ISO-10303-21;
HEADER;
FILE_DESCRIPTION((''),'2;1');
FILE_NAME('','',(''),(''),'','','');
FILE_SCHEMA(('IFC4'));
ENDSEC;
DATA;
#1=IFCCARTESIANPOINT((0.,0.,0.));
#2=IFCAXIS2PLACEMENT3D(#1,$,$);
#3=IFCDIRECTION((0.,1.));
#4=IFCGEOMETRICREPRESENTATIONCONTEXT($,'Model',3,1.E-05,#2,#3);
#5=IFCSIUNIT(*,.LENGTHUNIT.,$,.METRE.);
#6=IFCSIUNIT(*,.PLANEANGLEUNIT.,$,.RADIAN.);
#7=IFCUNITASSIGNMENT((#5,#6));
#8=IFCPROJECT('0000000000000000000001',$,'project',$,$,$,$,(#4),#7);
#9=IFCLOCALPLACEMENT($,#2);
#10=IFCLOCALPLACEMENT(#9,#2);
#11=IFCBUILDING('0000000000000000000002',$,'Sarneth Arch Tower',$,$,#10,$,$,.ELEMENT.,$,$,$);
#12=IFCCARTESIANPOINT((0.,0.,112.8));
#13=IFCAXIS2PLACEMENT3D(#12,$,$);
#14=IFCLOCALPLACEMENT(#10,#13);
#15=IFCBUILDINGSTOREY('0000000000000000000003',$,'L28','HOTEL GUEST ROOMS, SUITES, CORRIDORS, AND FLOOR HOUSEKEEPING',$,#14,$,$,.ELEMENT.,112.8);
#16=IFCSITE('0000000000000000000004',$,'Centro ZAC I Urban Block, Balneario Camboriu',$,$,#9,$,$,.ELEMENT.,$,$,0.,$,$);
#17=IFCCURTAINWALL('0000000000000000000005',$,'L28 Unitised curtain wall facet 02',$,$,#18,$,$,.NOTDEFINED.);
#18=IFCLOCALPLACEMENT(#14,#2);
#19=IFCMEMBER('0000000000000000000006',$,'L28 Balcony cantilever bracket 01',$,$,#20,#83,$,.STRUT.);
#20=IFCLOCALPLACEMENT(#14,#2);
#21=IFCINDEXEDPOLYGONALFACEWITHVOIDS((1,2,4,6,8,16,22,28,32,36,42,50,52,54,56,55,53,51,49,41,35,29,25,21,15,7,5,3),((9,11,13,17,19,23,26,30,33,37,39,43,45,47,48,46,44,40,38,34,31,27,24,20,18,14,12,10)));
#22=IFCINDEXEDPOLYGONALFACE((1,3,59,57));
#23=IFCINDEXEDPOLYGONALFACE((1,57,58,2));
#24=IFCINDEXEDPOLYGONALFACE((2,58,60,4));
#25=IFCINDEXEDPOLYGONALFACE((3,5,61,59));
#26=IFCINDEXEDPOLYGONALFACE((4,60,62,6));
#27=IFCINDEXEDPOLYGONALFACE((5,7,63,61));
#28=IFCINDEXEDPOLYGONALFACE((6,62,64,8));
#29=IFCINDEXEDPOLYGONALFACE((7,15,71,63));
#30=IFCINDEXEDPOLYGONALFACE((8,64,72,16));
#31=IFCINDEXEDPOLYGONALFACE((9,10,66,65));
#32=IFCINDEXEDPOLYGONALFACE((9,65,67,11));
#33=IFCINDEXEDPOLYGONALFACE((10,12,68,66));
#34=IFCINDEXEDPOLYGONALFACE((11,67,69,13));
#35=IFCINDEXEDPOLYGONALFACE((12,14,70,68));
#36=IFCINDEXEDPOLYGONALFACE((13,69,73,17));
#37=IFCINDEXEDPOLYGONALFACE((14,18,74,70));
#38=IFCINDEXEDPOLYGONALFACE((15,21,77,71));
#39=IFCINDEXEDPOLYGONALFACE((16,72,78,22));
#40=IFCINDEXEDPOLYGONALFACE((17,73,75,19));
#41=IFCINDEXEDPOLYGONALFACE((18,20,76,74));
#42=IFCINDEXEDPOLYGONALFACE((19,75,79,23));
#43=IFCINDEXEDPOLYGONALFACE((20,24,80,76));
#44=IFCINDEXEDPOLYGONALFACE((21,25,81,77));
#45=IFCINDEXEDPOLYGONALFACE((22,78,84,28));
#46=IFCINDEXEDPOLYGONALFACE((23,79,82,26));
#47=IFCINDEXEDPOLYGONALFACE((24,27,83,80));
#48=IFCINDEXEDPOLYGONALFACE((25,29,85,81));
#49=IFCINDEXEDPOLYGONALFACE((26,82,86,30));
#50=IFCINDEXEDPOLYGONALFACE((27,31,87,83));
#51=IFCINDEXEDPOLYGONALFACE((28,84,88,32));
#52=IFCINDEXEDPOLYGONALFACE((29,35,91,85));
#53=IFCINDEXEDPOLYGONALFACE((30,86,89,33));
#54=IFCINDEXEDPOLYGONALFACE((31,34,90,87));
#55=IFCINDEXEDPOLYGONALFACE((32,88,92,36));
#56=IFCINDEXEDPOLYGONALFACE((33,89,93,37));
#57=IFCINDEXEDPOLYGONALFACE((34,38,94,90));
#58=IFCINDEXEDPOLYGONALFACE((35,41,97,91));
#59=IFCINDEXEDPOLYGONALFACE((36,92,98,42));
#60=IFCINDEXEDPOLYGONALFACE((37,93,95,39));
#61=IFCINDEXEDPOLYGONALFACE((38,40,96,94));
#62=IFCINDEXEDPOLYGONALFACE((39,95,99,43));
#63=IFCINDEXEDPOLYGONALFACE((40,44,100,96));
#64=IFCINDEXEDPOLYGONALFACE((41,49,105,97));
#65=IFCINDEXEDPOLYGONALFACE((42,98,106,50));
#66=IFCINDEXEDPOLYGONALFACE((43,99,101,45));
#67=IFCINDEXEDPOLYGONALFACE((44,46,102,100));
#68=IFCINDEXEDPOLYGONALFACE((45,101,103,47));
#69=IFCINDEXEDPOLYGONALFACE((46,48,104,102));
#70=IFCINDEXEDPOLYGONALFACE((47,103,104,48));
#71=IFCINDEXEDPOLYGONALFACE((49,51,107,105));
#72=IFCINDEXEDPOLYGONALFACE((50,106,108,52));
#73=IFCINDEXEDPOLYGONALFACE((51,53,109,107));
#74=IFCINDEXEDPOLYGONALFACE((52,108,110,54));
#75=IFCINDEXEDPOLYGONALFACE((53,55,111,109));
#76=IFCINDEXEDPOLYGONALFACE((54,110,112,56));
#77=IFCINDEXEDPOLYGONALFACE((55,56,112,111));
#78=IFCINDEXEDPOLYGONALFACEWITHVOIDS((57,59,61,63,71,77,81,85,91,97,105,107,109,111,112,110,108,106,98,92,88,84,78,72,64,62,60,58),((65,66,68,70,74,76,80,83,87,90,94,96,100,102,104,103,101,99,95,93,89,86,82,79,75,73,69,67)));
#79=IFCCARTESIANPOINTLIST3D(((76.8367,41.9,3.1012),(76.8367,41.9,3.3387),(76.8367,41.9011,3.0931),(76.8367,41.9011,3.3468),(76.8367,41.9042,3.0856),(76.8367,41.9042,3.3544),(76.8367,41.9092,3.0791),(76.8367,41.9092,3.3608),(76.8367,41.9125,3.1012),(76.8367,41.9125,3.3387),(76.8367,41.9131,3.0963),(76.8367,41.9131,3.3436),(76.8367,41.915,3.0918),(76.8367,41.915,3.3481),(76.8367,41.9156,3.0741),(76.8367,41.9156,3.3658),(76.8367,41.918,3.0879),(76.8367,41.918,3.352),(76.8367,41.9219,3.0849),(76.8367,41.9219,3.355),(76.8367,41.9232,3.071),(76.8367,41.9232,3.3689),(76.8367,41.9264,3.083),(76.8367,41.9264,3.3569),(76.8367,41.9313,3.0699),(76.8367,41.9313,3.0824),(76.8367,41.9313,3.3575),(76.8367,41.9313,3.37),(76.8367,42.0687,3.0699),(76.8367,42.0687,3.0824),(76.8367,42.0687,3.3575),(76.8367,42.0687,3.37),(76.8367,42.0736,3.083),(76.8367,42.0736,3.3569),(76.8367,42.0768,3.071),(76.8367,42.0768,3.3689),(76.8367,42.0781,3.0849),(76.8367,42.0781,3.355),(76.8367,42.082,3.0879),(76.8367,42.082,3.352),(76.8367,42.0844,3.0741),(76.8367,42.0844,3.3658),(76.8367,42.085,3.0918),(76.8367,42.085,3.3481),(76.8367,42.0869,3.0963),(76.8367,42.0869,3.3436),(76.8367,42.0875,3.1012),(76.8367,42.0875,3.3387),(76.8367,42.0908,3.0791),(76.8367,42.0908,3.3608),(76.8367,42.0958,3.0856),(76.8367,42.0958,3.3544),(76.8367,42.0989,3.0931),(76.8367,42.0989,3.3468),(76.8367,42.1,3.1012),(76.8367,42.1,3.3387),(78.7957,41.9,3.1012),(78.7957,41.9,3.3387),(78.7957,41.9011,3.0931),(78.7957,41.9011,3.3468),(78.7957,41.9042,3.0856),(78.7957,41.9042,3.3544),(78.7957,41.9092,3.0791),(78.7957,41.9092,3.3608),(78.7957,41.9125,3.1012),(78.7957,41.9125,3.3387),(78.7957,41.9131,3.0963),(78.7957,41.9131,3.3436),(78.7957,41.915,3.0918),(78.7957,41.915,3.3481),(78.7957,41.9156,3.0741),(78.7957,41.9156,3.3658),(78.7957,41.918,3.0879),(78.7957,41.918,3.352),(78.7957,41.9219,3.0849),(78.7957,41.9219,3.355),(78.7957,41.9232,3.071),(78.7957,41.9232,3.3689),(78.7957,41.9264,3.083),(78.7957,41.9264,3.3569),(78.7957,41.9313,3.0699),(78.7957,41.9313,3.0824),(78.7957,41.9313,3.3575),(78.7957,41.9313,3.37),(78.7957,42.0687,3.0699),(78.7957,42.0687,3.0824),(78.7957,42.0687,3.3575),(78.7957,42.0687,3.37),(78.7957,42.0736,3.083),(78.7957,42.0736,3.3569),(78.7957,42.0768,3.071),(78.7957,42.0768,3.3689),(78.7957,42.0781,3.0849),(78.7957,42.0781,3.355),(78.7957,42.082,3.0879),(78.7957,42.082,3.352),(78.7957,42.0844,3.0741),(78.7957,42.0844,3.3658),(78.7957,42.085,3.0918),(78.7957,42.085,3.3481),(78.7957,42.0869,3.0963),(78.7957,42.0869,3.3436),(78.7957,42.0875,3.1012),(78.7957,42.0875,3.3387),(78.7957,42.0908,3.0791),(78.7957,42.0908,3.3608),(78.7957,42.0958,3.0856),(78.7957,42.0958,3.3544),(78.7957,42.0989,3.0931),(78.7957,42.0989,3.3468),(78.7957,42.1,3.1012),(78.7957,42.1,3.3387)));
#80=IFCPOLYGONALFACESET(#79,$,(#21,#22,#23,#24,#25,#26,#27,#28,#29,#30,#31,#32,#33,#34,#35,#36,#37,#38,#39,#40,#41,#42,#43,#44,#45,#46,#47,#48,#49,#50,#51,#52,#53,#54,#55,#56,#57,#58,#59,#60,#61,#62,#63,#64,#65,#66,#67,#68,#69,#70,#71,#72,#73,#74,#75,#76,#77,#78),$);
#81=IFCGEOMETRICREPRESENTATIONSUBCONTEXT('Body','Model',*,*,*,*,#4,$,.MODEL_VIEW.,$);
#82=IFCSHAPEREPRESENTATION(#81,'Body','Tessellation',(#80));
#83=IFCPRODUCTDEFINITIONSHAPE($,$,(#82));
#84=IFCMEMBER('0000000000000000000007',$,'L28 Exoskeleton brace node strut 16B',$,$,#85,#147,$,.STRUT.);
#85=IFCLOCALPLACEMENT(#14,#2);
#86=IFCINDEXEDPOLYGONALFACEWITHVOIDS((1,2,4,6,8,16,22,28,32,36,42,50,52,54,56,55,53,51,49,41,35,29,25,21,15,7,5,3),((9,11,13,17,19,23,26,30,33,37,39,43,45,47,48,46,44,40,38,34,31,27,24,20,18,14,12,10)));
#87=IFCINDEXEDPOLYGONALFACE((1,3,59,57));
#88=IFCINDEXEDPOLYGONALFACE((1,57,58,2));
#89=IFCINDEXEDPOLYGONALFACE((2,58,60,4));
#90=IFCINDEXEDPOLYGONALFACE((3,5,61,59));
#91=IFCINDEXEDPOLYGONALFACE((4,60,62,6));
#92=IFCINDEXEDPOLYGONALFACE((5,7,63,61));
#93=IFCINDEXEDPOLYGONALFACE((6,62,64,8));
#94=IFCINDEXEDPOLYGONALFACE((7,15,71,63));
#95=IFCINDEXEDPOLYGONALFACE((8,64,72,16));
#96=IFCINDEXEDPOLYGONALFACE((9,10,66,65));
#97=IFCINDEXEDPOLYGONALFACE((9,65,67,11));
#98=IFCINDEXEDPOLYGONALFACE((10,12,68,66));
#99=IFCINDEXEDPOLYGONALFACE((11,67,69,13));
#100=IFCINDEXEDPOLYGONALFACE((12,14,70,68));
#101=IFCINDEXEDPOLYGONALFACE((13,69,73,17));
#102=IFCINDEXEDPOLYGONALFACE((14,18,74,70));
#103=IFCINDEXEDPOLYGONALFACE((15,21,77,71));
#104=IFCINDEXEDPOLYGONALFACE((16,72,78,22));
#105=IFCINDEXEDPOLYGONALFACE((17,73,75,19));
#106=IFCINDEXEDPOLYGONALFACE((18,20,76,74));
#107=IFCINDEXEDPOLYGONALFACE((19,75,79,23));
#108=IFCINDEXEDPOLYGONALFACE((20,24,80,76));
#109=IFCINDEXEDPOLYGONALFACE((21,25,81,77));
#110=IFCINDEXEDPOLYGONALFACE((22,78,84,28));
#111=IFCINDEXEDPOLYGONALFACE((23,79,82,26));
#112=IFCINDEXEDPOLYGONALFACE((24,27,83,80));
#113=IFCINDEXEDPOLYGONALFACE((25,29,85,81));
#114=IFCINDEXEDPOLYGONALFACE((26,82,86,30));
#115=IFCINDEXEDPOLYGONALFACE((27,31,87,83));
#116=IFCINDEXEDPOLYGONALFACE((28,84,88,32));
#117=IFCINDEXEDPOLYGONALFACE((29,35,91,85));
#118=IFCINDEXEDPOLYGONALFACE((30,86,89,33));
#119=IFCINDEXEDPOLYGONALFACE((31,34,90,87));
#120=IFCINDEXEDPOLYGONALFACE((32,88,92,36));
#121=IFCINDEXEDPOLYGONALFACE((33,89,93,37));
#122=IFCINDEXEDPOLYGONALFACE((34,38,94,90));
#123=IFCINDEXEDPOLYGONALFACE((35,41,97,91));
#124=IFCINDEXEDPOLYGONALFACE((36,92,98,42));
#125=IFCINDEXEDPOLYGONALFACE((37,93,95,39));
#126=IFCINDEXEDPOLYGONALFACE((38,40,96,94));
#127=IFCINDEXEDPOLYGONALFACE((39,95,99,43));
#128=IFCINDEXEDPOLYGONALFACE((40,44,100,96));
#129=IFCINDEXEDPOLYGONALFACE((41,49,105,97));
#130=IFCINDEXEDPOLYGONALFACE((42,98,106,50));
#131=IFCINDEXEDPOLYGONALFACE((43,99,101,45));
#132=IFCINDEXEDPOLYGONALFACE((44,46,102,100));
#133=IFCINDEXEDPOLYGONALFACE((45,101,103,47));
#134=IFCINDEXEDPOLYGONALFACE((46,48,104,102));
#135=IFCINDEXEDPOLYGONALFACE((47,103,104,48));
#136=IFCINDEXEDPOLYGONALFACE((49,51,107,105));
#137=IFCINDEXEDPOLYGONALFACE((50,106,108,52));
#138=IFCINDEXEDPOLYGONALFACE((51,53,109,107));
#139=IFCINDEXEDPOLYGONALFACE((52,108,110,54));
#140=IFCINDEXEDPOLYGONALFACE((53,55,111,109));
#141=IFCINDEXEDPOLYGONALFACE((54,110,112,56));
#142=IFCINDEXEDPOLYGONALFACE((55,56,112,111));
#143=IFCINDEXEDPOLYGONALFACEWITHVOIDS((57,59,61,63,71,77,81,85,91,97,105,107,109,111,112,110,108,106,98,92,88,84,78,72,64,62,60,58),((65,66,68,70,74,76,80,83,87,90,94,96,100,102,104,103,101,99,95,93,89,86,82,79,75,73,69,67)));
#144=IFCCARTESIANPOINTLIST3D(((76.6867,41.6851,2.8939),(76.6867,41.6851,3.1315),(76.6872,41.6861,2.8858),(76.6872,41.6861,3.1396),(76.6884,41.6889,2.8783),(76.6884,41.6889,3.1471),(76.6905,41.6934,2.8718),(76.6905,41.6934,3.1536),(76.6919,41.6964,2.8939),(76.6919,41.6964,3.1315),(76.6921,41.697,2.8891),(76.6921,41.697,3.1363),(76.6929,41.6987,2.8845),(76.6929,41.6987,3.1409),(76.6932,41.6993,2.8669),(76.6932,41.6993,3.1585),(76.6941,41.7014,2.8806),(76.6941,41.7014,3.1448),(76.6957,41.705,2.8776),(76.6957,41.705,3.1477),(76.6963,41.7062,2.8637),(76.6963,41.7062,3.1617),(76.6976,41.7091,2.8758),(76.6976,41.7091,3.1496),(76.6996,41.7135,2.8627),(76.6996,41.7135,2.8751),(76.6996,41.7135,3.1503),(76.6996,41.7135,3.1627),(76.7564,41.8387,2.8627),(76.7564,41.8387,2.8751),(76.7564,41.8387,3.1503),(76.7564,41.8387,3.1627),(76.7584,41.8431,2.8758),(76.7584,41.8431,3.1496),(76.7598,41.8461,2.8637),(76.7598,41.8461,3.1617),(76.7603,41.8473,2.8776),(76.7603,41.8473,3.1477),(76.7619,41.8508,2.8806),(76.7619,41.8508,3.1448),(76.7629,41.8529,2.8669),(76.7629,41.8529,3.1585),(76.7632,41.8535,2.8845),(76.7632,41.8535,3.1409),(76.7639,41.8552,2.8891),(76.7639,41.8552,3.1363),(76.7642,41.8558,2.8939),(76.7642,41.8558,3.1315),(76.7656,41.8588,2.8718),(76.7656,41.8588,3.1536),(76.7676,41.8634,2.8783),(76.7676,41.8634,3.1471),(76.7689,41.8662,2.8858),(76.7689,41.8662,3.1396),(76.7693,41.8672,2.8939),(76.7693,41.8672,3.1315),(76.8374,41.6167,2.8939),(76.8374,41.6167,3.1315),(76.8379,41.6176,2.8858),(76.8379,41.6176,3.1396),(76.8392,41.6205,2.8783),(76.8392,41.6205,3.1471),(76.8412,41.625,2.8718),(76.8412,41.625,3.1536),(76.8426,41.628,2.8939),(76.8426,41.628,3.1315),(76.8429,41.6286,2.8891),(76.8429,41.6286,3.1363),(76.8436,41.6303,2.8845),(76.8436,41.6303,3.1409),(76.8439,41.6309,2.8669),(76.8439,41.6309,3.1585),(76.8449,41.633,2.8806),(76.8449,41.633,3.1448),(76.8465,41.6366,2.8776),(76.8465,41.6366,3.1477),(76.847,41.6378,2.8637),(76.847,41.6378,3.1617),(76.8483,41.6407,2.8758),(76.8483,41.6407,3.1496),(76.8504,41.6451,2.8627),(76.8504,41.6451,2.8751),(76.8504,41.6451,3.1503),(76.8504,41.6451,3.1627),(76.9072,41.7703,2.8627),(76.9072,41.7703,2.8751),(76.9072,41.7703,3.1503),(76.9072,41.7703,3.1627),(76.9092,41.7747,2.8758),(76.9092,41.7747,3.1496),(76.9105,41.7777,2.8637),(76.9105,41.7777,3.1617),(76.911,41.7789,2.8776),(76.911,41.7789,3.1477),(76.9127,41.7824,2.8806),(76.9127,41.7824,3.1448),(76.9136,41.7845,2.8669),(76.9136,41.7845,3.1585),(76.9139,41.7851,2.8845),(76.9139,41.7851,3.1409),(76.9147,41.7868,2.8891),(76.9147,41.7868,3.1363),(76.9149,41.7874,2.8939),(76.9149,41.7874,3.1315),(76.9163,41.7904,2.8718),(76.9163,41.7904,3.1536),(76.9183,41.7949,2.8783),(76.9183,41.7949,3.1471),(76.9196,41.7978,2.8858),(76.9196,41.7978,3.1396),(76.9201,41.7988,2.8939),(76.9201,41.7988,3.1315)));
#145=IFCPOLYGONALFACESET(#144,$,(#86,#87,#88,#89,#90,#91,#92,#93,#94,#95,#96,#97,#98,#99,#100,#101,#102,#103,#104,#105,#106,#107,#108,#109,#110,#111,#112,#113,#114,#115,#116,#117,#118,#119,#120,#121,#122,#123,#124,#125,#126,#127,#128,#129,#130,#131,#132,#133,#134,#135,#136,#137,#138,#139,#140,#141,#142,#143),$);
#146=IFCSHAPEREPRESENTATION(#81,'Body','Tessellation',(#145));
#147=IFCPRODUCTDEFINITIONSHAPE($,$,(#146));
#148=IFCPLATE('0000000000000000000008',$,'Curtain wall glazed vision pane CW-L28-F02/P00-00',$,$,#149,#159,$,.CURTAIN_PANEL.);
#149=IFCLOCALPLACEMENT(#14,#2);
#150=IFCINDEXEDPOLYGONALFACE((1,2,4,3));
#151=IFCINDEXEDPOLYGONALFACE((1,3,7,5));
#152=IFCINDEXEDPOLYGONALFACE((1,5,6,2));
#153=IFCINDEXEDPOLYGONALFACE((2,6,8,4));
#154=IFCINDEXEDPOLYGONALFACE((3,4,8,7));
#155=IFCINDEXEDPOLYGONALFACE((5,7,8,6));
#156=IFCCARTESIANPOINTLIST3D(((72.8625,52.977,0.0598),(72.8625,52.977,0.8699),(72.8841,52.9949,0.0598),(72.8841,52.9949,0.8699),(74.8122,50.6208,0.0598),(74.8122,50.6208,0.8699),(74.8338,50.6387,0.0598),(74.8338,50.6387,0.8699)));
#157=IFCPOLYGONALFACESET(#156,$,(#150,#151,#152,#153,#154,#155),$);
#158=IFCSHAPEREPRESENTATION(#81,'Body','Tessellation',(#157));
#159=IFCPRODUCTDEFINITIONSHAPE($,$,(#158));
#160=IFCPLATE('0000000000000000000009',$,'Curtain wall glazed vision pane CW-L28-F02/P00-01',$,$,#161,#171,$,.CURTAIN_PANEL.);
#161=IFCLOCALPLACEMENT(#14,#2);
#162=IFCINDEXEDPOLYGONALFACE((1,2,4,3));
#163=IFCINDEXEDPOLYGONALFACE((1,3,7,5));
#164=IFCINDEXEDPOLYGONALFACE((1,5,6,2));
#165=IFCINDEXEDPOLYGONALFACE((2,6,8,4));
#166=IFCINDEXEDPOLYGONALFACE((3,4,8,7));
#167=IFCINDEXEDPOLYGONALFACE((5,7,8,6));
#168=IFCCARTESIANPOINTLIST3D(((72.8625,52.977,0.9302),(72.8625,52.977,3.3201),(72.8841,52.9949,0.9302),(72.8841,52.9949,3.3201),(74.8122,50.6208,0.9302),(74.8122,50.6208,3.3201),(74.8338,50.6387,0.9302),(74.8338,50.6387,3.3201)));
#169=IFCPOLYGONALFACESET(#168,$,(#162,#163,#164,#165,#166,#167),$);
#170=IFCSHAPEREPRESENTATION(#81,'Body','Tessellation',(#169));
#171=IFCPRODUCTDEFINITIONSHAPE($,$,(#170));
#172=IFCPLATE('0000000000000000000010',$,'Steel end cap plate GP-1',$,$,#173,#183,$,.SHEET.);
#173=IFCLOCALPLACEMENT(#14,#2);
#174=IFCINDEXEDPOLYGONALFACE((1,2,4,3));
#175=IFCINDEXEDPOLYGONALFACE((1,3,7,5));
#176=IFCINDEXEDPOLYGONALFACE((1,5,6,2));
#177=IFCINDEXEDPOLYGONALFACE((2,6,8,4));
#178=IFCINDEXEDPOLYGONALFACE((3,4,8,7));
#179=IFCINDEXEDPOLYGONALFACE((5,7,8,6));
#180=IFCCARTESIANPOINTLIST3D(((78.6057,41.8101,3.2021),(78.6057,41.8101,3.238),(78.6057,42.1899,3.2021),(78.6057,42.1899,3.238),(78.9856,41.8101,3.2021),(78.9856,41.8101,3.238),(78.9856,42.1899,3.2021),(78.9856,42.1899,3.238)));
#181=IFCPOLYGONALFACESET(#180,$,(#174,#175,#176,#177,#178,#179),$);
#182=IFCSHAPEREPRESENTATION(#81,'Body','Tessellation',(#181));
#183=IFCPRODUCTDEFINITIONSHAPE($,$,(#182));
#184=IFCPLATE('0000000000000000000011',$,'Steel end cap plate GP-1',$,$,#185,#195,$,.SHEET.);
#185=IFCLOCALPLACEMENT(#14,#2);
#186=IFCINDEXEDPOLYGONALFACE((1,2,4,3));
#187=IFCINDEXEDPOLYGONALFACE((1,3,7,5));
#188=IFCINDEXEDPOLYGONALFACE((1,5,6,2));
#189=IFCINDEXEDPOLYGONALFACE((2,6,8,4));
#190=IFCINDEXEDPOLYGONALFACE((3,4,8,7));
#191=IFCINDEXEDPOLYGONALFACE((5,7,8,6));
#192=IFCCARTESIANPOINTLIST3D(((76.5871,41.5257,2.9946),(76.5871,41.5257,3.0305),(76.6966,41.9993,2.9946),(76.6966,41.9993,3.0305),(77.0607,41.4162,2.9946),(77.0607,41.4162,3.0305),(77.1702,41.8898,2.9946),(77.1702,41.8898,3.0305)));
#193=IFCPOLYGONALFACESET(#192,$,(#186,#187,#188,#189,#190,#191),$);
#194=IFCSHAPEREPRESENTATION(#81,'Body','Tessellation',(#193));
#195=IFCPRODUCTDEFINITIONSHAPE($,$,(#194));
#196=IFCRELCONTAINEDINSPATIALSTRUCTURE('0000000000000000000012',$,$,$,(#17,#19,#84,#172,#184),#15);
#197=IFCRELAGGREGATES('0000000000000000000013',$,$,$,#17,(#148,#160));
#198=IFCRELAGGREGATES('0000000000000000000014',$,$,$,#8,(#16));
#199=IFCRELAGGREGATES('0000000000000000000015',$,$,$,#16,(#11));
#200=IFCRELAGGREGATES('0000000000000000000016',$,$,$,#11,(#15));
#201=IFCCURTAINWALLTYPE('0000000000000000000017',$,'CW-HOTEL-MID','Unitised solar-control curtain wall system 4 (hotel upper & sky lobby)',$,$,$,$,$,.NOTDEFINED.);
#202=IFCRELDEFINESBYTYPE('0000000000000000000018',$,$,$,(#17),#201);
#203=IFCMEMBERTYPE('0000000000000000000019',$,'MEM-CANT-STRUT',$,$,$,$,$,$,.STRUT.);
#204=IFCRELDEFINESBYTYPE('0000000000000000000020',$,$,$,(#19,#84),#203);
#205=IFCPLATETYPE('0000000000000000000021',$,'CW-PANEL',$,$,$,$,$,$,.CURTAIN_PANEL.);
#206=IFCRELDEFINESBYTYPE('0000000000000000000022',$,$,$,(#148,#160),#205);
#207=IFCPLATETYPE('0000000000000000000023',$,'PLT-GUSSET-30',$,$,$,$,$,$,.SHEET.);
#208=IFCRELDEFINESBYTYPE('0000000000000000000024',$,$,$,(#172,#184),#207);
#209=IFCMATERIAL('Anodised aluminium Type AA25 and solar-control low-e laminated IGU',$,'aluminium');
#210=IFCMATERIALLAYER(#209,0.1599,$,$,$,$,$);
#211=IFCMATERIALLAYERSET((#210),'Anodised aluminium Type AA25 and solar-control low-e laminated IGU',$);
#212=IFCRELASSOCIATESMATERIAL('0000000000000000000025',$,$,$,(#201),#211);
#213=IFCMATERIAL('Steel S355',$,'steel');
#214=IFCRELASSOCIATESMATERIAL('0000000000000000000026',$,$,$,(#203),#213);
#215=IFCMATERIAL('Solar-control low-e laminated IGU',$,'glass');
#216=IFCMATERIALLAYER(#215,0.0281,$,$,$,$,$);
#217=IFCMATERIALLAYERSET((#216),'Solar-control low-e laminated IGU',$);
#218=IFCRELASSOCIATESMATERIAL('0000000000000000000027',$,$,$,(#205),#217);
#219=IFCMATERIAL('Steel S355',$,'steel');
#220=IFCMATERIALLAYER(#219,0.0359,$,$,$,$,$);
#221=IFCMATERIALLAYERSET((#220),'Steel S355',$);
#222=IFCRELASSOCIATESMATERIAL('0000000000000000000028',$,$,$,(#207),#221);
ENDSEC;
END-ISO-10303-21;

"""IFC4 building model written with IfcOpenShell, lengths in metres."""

from ifc_helpers import new_model, si_unit, direction, frame, origin, origin_2d, place, context, subcontext, project, spatial, rectangle, hollow_rectangle, extrude, material, layer, layer_set, material_profile, profile_set, type_object, element, aggregate, save


model = new_model("IFC4")

# Units and contexts
model_context = context("Model", 3, precision=1e-05, world=origin(), true_north=direction((0.0, 1.0)))
body_context = subcontext(model_context, "Body", "Model", "MODEL_VIEW")
ifc_project = project(units=[si_unit("LENGTHUNIT", "METRE"), si_unit("PLANEANGLEUNIT", "RADIAN")], contexts=[model_context])

# Site, building, storey
site_placement = place(None, origin())
site = spatial("IfcSite", under=ifc_project, at=site_placement, Name="Centro ZAC I Urban Block, Balneario Camboriu", CompositionType="ELEMENT", RefElevation=0.0)
building_placement = place(site_placement, origin())
building = spatial("IfcBuilding", under=site, at=building_placement, Name="Sarneth Arch Tower", CompositionType="ELEMENT")
storey_placement = place(building_placement, frame((0.0, 0.0, 112.8)))
storey = spatial("IfcBuildingStorey", under=building, at=storey_placement, Name="L28", Description="HOTEL GUEST ROOMS, SUITES, CORRIDORS, AND FLOOR HOUSEKEEPING", CompositionType="ELEMENT", Elevation=112.8)

# Curtain wall
ifc_material_1 = material(Name="Anodised aluminium Type AA25 and solar-control low-e laminated IGU", Category="aluminium")
ifc_layer_1 = layer(ifc_material_1, 0.1599)
ifc_layer_set_1 = layer_set([ifc_layer_1], Name="Anodised aluminium Type AA25 and solar-control low-e laminated IGU")
curtain_wall_type = type_object("IfcCurtainWallType", Name="CW-HOTEL-MID", Description="Unitised solar-control curtain wall system 4 (hotel upper & sky lobby)", PredefinedType="NOTDEFINED", material=ifc_layer_set_1)
curtain_wall_placement = place(storey_placement, origin())
curtain_wall = element("IfcCurtainWall", 1, at=curtain_wall_placement, inside=storey, type_object=curtain_wall_type, Name="L28 Unitised curtain wall facet 02", PredefinedType="NOTDEFINED")

# Members
ifc_material_2 = material(Name="Steel S355", Category="steel")
ifc_material_profile_1 = material_profile(ifc_material_2, hollow_rectangle(XDim=0.2, YDim=0.3, WallThickness=0.0125, InnerFilletRadius=0.0188, OuterFilletRadius=0.0312, at=origin_2d()), Name="RHS300x200x12.5")
ifc_profile_set_1 = profile_set([ifc_material_profile_1], Name="Steel S355")
member_type_1 = type_object("IfcMemberType", Name="MEM-CANT-STRUT", PredefinedType="STRUT", material=ifc_profile_set_1)
member_1_placement = place(storey_placement, frame((76.8367, 42.0, 3.22), z_axis=(1.0, 0.0, 0.0), x_axis=(0.0, 1.0, 0.0)))
element("IfcMember", 2, at=member_1_placement, inside=storey, type_object=member_type_1, Name="L28 Balcony cantilever bracket 01", PredefinedType="STRUT", context=body_context, shape_type="SweptSolid", body=[
    extrude(hollow_rectangle(XDim=0.2, YDim=0.3, WallThickness=0.0125, InnerFilletRadius=0.0188, OuterFilletRadius=0.0312, at=origin_2d()), origin(), (0.0, 0.0, 1.0), 1.959),
])
member_2_placement = place(storey_placement, frame((76.728, 41.7761, 3.0127), z_axis=(0.910619, -0.413247, 0.0), x_axis=(0.413247, 0.910619, 0.0)))
element("IfcMember", 3, at=member_2_placement, inside=storey, type_object=member_type_1, Name="L28 Exoskeleton brace node strut 16B", PredefinedType="STRUT", context=body_context, shape_type="SweptSolid", body=[
    extrude(hollow_rectangle(XDim=0.2, YDim=0.3, WallThickness=0.0125, InnerFilletRadius=0.0188, OuterFilletRadius=0.0312, at=origin_2d()), origin(), (0.0, 0.0, 1.0), 0.1655),
])

# Plates
ifc_material_3 = material(Name="Solar-control low-e laminated IGU", Category="glass")
ifc_layer_2 = layer(ifc_material_3, 0.0281)
ifc_layer_set_2 = layer_set([ifc_layer_2], Name="Solar-control low-e laminated IGU")
plate_type_1 = type_object("IfcPlateType", Name="CW-PANEL", PredefinedType="CURTAIN_PANEL", material=ifc_layer_set_2)
plate_1_placement = place(storey_placement, frame((73.8481, 51.8079, 0.0598), z_axis=(0.0, 0.0, 1.0), x_axis=(-0.637515, 0.770438, 0.0)))
plate_1 = element("IfcPlate", 4, at=plate_1_placement, type_object=plate_type_1, Name="Curtain wall glazed vision pane CW-L28-F02/P00-00", PredefinedType="CURTAIN_PANEL", context=body_context, shape_type="SweptSolid", body=[
    extrude(rectangle(XDim=3.0583, YDim=0.0281, at=origin_2d()), origin(), (0.0, 0.0, 1.0), 0.8101),
])
plate_2_placement = place(storey_placement, frame((73.8481, 51.8079, 0.9302), z_axis=(0.0, 0.0, 1.0), x_axis=(-0.637515, 0.770438, 0.0)))
plate_2 = element("IfcPlate", 5, at=plate_2_placement, type_object=plate_type_1, Name="Curtain wall glazed vision pane CW-L28-F02/P00-01", PredefinedType="CURTAIN_PANEL", context=body_context, shape_type="SweptSolid", body=[
    extrude(rectangle(XDim=3.0583, YDim=0.0281, at=origin_2d()), origin(), (0.0, 0.0, 1.0), 2.3899),
])
aggregate(curtain_wall, [plate_1, plate_2])

# Plates
ifc_material_4 = material(Name="Steel S355", Category="steel")
ifc_layer_3 = layer(ifc_material_4, 0.0359)
ifc_layer_set_3 = layer_set([ifc_layer_3], Name="Steel S355")
plate_type_2 = type_object("IfcPlateType", Name="PLT-GUSSET-30", PredefinedType="SHEET", material=ifc_layer_set_3)
plate_3_placement = place(storey_placement, frame((78.7957, 42.0, 3.2021), z_axis=(0.0, 0.0, 1.0), x_axis=(1.0, 0.0, 0.0)))
element("IfcPlate", 6, at=plate_3_placement, inside=storey, type_object=plate_type_2, Name="Steel end cap plate GP-1", PredefinedType="SHEET", context=body_context, shape_type="SweptSolid", body=[
    extrude(rectangle(XDim=0.3799, YDim=0.3799, at=origin_2d()), origin(), (0.0, 0.0, 1.0), 0.0359),
])
plate_4_placement = place(storey_placement, frame((76.8787, 41.7078, 2.9946), z_axis=(0.0, 0.0, 1.0), x_axis=(0.225291, 0.974291, 0.0)))
element("IfcPlate", 7, at=plate_4_placement, inside=storey, type_object=plate_type_2, Name="Steel end cap plate GP-1", PredefinedType="SHEET", context=body_context, shape_type="SweptSolid", body=[
    extrude(rectangle(XDim=0.4861, YDim=0.4861, at=origin_2d()), origin(), (0.0, 0.0, 1.0), 0.0359),
])

save(model, "model.ifc")
